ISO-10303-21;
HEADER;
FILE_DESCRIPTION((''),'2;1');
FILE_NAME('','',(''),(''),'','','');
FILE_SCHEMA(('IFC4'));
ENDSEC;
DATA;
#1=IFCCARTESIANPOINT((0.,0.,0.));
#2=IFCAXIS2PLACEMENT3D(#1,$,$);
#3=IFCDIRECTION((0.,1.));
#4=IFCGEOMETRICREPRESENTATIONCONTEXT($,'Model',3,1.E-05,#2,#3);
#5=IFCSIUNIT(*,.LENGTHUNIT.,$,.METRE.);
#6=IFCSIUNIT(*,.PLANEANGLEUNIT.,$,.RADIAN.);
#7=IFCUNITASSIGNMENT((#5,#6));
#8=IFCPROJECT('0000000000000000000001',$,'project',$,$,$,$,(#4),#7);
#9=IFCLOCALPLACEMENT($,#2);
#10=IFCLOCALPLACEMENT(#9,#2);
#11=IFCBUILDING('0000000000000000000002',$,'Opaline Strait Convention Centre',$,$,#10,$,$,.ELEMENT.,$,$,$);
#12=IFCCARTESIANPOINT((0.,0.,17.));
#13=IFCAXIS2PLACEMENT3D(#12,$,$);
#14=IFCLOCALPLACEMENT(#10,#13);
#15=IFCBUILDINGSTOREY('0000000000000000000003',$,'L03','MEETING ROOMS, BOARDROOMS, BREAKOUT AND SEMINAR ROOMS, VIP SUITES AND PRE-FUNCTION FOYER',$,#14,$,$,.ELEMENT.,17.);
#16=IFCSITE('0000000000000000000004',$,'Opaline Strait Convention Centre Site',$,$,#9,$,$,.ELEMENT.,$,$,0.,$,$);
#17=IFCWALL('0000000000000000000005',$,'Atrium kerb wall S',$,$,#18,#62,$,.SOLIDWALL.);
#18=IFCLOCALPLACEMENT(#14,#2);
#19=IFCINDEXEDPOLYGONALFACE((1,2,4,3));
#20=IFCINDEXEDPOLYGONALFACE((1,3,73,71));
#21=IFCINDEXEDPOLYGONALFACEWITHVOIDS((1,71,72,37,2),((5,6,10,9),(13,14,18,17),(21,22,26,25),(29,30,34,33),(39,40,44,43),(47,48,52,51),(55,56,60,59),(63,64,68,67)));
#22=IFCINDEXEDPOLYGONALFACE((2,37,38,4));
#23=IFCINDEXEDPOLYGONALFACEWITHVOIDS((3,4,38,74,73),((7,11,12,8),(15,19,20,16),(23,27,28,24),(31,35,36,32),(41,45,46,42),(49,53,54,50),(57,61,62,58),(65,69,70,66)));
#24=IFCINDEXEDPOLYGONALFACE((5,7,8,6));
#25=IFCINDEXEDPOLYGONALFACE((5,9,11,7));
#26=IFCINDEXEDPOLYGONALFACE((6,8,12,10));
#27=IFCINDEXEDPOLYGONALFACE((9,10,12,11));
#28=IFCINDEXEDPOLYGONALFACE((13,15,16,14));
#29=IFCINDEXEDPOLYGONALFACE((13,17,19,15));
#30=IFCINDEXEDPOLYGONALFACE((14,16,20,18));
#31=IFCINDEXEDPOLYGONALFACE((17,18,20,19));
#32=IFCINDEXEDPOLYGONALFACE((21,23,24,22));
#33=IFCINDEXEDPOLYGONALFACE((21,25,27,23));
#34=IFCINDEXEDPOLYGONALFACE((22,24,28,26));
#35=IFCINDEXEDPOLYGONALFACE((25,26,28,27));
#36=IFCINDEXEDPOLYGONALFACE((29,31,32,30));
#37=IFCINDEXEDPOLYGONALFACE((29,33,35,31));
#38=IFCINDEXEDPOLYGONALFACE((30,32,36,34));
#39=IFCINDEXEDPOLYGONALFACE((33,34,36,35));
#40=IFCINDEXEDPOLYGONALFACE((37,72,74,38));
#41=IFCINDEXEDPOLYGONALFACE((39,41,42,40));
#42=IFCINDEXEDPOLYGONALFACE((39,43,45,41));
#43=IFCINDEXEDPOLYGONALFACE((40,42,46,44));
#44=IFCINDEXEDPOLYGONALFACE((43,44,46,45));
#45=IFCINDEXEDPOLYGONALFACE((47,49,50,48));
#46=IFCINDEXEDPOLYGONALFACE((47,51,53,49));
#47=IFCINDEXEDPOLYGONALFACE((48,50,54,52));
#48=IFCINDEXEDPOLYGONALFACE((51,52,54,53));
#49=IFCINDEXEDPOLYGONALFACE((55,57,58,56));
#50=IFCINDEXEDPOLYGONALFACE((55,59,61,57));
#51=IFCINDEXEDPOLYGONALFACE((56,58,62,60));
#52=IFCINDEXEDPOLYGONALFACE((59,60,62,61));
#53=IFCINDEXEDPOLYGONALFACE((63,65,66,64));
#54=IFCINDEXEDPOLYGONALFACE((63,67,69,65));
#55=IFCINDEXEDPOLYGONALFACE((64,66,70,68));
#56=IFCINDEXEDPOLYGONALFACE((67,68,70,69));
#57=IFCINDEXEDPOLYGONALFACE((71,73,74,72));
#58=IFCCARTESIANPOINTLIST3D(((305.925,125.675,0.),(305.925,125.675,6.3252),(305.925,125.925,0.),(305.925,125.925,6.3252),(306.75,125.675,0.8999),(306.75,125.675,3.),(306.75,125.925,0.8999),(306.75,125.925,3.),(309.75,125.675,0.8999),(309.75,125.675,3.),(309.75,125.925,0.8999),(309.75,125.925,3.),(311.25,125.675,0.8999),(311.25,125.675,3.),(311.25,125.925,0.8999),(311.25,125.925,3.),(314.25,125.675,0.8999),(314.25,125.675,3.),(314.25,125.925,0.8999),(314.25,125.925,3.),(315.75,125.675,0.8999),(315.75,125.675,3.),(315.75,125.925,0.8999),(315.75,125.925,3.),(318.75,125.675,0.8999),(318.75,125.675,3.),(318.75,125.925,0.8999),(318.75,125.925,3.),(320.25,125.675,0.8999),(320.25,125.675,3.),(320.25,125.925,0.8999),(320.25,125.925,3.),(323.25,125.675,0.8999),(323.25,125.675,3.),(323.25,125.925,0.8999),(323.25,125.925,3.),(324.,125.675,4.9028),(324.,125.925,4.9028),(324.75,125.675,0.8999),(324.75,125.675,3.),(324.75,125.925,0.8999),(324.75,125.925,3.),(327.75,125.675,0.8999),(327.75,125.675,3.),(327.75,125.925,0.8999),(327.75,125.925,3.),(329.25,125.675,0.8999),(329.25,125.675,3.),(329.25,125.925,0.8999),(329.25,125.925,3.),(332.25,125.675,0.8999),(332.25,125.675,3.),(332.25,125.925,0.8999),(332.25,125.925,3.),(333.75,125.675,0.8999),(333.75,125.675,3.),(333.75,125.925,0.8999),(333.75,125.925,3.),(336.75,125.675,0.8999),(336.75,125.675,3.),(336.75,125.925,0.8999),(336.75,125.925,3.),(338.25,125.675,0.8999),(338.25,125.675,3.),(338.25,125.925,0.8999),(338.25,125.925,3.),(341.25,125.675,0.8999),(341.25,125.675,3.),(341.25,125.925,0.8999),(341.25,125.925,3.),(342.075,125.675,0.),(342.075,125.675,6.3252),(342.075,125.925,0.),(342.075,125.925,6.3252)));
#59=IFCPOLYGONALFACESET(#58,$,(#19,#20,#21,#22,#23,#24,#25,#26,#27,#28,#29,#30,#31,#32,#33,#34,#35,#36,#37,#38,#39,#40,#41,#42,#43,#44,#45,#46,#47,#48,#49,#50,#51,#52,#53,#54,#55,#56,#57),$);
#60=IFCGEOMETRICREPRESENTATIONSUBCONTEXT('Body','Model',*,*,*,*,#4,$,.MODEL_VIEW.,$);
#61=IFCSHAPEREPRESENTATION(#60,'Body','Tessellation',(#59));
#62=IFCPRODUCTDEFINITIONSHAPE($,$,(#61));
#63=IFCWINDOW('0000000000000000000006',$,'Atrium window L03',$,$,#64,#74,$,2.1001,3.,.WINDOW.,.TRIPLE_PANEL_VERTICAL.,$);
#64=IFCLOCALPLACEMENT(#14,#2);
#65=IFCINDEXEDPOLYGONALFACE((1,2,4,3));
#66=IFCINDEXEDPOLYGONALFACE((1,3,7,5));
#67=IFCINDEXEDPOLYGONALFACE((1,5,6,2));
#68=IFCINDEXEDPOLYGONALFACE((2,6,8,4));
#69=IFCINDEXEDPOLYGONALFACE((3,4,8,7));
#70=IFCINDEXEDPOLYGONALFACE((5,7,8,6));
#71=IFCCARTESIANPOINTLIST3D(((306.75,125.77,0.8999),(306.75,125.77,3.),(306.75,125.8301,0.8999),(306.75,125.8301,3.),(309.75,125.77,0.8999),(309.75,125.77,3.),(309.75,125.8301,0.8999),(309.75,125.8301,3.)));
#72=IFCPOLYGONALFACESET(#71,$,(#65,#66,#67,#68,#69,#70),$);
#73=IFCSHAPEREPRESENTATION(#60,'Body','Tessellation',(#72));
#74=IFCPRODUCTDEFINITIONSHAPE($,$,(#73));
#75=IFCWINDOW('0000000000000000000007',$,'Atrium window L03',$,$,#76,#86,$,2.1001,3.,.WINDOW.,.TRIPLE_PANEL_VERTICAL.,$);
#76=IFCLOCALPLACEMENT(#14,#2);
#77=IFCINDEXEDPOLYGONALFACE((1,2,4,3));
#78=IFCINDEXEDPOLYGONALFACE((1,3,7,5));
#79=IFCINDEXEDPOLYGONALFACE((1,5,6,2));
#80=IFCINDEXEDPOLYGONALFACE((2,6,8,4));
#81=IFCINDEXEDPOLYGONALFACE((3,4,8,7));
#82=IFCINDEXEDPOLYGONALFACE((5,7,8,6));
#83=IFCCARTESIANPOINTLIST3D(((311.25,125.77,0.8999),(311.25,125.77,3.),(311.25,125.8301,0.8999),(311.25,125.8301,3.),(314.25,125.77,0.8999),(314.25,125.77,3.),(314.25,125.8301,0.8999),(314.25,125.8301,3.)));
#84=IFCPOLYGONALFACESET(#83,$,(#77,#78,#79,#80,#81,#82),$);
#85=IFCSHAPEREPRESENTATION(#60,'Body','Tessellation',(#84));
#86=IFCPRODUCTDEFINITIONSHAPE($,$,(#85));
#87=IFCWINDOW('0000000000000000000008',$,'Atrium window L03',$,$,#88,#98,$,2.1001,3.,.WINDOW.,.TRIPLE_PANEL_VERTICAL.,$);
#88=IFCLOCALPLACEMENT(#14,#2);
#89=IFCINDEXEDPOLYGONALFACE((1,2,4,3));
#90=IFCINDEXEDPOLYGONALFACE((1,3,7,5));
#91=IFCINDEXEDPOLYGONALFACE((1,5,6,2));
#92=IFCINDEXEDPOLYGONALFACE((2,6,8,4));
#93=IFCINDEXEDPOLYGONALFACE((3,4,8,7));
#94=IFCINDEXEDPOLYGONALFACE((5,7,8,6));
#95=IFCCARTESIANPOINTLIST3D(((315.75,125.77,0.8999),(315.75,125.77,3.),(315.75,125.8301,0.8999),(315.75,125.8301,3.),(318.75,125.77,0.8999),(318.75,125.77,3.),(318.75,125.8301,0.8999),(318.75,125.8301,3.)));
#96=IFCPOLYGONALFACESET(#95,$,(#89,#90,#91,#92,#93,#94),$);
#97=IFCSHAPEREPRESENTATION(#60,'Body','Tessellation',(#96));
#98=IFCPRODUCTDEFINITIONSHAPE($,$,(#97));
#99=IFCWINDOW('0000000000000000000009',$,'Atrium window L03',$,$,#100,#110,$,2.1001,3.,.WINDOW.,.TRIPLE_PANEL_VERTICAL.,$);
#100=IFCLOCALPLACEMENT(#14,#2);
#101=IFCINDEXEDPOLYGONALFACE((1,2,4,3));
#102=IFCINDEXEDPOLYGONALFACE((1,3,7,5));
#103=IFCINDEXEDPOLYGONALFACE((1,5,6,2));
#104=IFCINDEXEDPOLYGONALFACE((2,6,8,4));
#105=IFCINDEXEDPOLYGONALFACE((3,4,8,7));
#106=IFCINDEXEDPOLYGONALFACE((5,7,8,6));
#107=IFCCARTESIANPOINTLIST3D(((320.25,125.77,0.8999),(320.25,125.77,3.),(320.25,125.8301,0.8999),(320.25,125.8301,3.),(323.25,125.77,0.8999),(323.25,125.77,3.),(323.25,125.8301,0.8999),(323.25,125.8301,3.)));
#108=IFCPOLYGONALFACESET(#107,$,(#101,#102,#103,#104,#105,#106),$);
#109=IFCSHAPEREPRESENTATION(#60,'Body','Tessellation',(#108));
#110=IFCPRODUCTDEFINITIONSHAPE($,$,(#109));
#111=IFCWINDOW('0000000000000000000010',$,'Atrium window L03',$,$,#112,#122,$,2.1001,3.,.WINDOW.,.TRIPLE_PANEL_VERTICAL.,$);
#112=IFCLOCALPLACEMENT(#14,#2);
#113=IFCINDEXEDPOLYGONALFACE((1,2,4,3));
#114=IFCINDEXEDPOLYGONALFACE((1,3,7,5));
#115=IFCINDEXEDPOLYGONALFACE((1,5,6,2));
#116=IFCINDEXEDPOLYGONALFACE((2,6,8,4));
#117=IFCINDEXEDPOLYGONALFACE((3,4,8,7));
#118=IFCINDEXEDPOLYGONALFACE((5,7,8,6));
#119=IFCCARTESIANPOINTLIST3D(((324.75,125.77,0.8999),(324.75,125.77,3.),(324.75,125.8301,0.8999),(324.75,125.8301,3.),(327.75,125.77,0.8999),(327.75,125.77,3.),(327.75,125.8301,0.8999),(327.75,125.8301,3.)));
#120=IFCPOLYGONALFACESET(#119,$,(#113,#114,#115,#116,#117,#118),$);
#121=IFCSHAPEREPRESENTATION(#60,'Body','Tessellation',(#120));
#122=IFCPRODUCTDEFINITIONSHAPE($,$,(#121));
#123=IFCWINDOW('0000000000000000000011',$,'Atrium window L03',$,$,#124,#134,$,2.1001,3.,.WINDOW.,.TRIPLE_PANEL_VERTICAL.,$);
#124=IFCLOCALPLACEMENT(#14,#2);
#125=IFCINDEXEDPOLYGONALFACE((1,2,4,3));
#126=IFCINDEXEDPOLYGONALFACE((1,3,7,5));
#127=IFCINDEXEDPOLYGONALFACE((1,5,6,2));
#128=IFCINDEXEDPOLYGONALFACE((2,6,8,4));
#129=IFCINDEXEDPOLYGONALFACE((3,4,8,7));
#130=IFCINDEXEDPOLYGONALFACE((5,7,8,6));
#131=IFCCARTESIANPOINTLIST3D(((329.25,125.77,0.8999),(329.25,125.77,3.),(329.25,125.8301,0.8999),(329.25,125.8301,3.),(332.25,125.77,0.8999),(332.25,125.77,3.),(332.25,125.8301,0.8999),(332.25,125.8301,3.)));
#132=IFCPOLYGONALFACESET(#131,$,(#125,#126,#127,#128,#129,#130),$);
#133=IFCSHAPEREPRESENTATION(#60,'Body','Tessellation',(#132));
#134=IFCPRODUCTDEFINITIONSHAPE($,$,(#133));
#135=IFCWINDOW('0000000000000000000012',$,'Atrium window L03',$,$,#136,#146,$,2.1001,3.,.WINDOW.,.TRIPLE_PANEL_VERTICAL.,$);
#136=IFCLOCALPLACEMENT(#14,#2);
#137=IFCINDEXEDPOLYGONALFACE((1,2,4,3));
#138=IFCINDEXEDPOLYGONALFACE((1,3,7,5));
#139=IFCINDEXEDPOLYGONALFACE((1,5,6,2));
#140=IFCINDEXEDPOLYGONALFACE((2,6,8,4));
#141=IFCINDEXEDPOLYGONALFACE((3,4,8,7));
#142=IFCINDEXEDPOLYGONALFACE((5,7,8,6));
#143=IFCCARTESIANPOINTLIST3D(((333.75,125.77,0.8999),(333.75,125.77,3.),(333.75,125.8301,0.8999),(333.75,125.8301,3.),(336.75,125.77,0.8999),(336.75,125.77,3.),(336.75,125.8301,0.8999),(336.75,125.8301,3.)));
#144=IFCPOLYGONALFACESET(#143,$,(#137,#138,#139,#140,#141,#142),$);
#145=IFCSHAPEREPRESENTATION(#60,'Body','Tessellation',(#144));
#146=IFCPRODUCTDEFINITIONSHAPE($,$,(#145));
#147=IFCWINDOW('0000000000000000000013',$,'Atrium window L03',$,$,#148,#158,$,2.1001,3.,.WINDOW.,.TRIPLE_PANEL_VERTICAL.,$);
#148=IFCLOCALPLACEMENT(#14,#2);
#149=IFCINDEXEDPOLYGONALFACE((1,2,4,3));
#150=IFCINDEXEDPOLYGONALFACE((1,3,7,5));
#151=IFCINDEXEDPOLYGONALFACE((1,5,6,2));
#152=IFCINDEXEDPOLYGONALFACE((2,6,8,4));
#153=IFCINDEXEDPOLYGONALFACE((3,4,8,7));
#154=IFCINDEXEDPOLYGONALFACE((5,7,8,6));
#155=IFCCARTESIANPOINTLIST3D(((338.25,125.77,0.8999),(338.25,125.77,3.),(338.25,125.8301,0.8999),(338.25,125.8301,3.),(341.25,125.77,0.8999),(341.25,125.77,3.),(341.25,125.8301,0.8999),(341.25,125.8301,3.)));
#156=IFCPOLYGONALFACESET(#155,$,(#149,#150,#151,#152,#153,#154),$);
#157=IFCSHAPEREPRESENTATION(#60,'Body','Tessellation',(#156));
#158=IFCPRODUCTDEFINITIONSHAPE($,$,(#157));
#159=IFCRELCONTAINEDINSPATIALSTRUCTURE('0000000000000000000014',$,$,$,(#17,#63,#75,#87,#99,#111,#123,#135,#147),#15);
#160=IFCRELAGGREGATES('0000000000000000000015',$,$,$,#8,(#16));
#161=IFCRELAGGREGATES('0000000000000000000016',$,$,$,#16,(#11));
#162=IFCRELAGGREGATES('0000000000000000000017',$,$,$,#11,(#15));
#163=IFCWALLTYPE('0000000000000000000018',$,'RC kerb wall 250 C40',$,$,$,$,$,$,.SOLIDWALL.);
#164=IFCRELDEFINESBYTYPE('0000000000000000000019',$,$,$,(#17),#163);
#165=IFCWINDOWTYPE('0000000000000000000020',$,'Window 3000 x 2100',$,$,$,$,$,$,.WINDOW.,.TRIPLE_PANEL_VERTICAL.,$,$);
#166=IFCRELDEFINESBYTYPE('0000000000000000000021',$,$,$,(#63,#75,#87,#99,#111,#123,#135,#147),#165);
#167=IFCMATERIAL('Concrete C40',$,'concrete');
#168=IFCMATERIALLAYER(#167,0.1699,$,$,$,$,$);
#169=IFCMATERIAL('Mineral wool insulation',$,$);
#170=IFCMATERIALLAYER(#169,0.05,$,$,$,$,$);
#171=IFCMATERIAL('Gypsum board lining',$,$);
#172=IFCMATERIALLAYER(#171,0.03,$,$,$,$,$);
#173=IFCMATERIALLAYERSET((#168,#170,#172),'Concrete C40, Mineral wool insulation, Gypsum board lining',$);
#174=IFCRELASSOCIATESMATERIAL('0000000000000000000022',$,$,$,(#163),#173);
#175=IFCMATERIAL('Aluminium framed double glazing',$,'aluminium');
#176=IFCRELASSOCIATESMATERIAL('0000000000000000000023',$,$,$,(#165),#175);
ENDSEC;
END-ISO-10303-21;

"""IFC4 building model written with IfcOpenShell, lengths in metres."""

from ifc_helpers import new_model, si_unit, direction, frame, frame_2d, origin, place, context, subcontext, project, spatial, polyline, rectangle, outline, extrude, material, layer, layer_set, type_object, element, fill, save


model = new_model("IFC4")

# Units and contexts
model_context = context("Model", 3, precision=1e-05, world=origin(), true_north=direction((0.0, 1.0)))
body_context = subcontext(model_context, "Body", "Model", "MODEL_VIEW")
ifc_project = project(units=[si_unit("LENGTHUNIT", "METRE"), si_unit("PLANEANGLEUNIT", "RADIAN")], contexts=[model_context])

# Site, building, storey
site_placement = place(None, origin())
site = spatial("IfcSite", under=ifc_project, at=site_placement, Name="Opaline Strait Convention Centre Site", CompositionType="ELEMENT", RefElevation=0.0)
building_placement = place(site_placement, origin())
building = spatial("IfcBuilding", under=site, at=building_placement, Name="Opaline Strait Convention Centre", CompositionType="ELEMENT")
storey_placement = place(building_placement, frame((0.0, 0.0, 17.0)))
storey = spatial("IfcBuildingStorey", under=building, at=storey_placement, Name="L03", Description="MEETING ROOMS, BOARDROOMS, BREAKOUT AND SEMINAR ROOMS, VIP SUITES AND PRE-FUNCTION FOYER", CompositionType="ELEMENT", Elevation=17.0)

# Wall, openings, windows
ifc_material_1 = material(Name="Concrete C40", Category="concrete")
ifc_layer_1 = layer(ifc_material_1, 0.1699)
ifc_material_2 = material(Name="Mineral wool insulation")
ifc_layer_2 = layer(ifc_material_2, 0.05)
ifc_material_3 = material(Name="Gypsum board lining")
ifc_layer_3 = layer(ifc_material_3, 0.03)
ifc_layer_set_1 = layer_set([ifc_layer_1, ifc_layer_2, ifc_layer_3], Name="Concrete C40, Mineral wool insulation, Gypsum board lining")
wall_type_1 = type_object("IfcWallType", Name="RC kerb wall 250 C40", PredefinedType="SOLIDWALL", material=ifc_layer_set_1)
ifc_material_4 = material(Name="Aluminium framed double glazing", Category="aluminium")
window_type = type_object("IfcWindowType", Name="Window 3000 x 2100", PartitioningType="TRIPLE_PANEL_VERTICAL", PredefinedType="WINDOW", material=ifc_material_4)
wall_1_placement = place(storey_placement, frame((305.925, 125.8, 0.0), z_axis=(0.0, 0.0, 1.0), x_axis=(1.0, 0.0, 0.0)))
wall_1 = element("IfcWall", 1, at=wall_1_placement, inside=storey, type_object=wall_type_1, Name="Atrium kerb wall S", PredefinedType="SOLIDWALL", context=body_context, shape_type="SweptSolid", body=[
    extrude(outline(polyline([(0.0, 0.0), (36.1499, 0.0), (36.1499, 6.3252), (18.075, 4.9028), (0.0, 6.3252), (0.0, 0.0)])), frame((0.0, 0.125, 0.0), z_axis=(0.0, -1.0, 0.0), x_axis=(1.0, 0.0, 0.0)), (0.0, 0.0, 1.0), 0.25),
])
opening_1_placement = place(wall_1_placement, frame((0.825, 0.0, 0.8999)))
opening_1 = element("IfcOpeningElement", 2, at=opening_1_placement, cuts=wall_1, PredefinedType="OPENING", context=body_context, shape_type="SweptSolid", body=[
    extrude(rectangle(XDim=3.0, YDim=2.1001, at=frame_2d((1.5, 1.05))), frame((0.0, 0.135, 0.0), z_axis=(0.0, -1.0, 0.0), x_axis=(1.0, 0.0, 0.0)), (0.0, 0.0, 1.0), 0.27),
])
opening_2_placement = place(wall_1_placement, frame((5.325, 0.0, 0.8999)))
opening_2 = element("IfcOpeningElement", 3, at=opening_2_placement, cuts=wall_1, PredefinedType="OPENING", context=body_context, shape_type="SweptSolid", body=[
    extrude(rectangle(XDim=3.0, YDim=2.1001, at=frame_2d((1.5, 1.05))), frame((0.0, 0.135, 0.0), z_axis=(0.0, -1.0, 0.0), x_axis=(1.0, 0.0, 0.0)), (0.0, 0.0, 1.0), 0.27),
])
opening_3_placement = place(wall_1_placement, frame((9.825, 0.0, 0.8999)))
opening_3 = element("IfcOpeningElement", 4, at=opening_3_placement, cuts=wall_1, PredefinedType="OPENING", context=body_context, shape_type="SweptSolid", body=[
    extrude(rectangle(XDim=3.0, YDim=2.1001, at=frame_2d((1.5, 1.05))), frame((0.0, 0.135, 0.0), z_axis=(0.0, -1.0, 0.0), x_axis=(1.0, 0.0, 0.0)), (0.0, 0.0, 1.0), 0.27),
])
opening_4_placement = place(wall_1_placement, frame((14.325, 0.0, 0.8999)))
opening_4 = element("IfcOpeningElement", 5, at=opening_4_placement, cuts=wall_1, PredefinedType="OPENING", context=body_context, shape_type="SweptSolid", body=[
    extrude(rectangle(XDim=3.0, YDim=2.1001, at=frame_2d((1.5, 1.05))), frame((0.0, 0.135, 0.0), z_axis=(0.0, -1.0, 0.0), x_axis=(1.0, 0.0, 0.0)), (0.0, 0.0, 1.0), 0.27),
])
opening_5_placement = place(wall_1_placement, frame((18.825, 0.0, 0.8999)))
opening_5 = element("IfcOpeningElement", 6, at=opening_5_placement, cuts=wall_1, PredefinedType="OPENING", context=body_context, shape_type="SweptSolid", body=[
    extrude(rectangle(XDim=3.0, YDim=2.1001, at=frame_2d((1.5, 1.05))), frame((0.0, 0.135, 0.0), z_axis=(0.0, -1.0, 0.0), x_axis=(1.0, 0.0, 0.0)), (0.0, 0.0, 1.0), 0.27),
])
opening_6_placement = place(wall_1_placement, frame((23.325, 0.0, 0.8999)))
opening_6 = element("IfcOpeningElement", 7, at=opening_6_placement, cuts=wall_1, PredefinedType="OPENING", context=body_context, shape_type="SweptSolid", body=[
    extrude(rectangle(XDim=3.0, YDim=2.1001, at=frame_2d((1.5, 1.05))), frame((0.0, 0.135, 0.0), z_axis=(0.0, -1.0, 0.0), x_axis=(1.0, 0.0, 0.0)), (0.0, 0.0, 1.0), 0.27),
])
opening_7_placement = place(wall_1_placement, frame((27.825, 0.0, 0.8999)))
opening_7 = element("IfcOpeningElement", 8, at=opening_7_placement, cuts=wall_1, PredefinedType="OPENING", context=body_context, shape_type="SweptSolid", body=[
    extrude(rectangle(XDim=3.0, YDim=2.1001, at=frame_2d((1.5, 1.05))), frame((0.0, 0.135, 0.0), z_axis=(0.0, -1.0, 0.0), x_axis=(1.0, 0.0, 0.0)), (0.0, 0.0, 1.0), 0.27),
])
opening_8_placement = place(wall_1_placement, frame((32.325, 0.0, 0.8999)))
opening_8 = element("IfcOpeningElement", 9, at=opening_8_placement, cuts=wall_1, PredefinedType="OPENING", context=body_context, shape_type="SweptSolid", body=[
    extrude(rectangle(XDim=3.0, YDim=2.1001, at=frame_2d((1.5, 1.05))), frame((0.0, 0.135, 0.0), z_axis=(0.0, -1.0, 0.0), x_axis=(1.0, 0.0, 0.0)), (0.0, 0.0, 1.0), 0.27),
])
window_1_placement = place(opening_1_placement, origin())
window_1 = element("IfcWindow", 10, at=window_1_placement, inside=storey, type_object=window_type, Name="Atrium window L03", OverallHeight=2.1001, OverallWidth=3.0, PartitioningType="TRIPLE_PANEL_VERTICAL", PredefinedType="WINDOW", context=body_context, shape_type="SweptSolid", body=[
    extrude(rectangle(XDim=3.0, YDim=2.1001, at=frame_2d((1.5, 1.05))), frame((0.0, 0.03, 0.0), z_axis=(0.0, -1.0, 0.0), x_axis=(1.0, 0.0, 0.0)), (0.0, 0.0, 1.0), 0.0601),
])
fill(opening_1, window_1)
window_2_placement = place(opening_2_placement, origin())
window_2 = element("IfcWindow", 11, at=window_2_placement, inside=storey, type_object=window_type, Name="Atrium window L03", OverallHeight=2.1001, OverallWidth=3.0, PartitioningType="TRIPLE_PANEL_VERTICAL", PredefinedType="WINDOW", context=body_context, shape_type="SweptSolid", body=[
    extrude(rectangle(XDim=3.0, YDim=2.1001, at=frame_2d((1.5, 1.05))), frame((0.0, 0.03, 0.0), z_axis=(0.0, -1.0, 0.0), x_axis=(1.0, 0.0, 0.0)), (0.0, 0.0, 1.0), 0.0601),
])
fill(opening_2, window_2)
window_3_placement = place(opening_3_placement, origin())
window_3 = element("IfcWindow", 12, at=window_3_placement, inside=storey, type_object=window_type, Name="Atrium window L03", OverallHeight=2.1001, OverallWidth=3.0, PartitioningType="TRIPLE_PANEL_VERTICAL", PredefinedType="WINDOW", context=body_context, shape_type="SweptSolid", body=[
    extrude(rectangle(XDim=3.0, YDim=2.1001, at=frame_2d((1.5, 1.05))), frame((0.0, 0.03, 0.0), z_axis=(0.0, -1.0, 0.0), x_axis=(1.0, 0.0, 0.0)), (0.0, 0.0, 1.0), 0.0601),
])
fill(opening_3, window_3)
window_4_placement = place(opening_4_placement, origin())
window_4 = element("IfcWindow", 13, at=window_4_placement, inside=storey, type_object=window_type, Name="Atrium window L03", OverallHeight=2.1001, OverallWidth=3.0, PartitioningType="TRIPLE_PANEL_VERTICAL", PredefinedType="WINDOW", context=body_context, shape_type="SweptSolid", body=[
    extrude(rectangle(XDim=3.0, YDim=2.1001, at=frame_2d((1.5, 1.05))), frame((0.0, 0.03, 0.0), z_axis=(0.0, -1.0, 0.0), x_axis=(1.0, 0.0, 0.0)), (0.0, 0.0, 1.0), 0.0601),
])
fill(opening_4, window_4)
window_5_placement = place(opening_5_placement, origin())
window_5 = element("IfcWindow", 14, at=window_5_placement, inside=storey, type_object=window_type, Name="Atrium window L03", OverallHeight=2.1001, OverallWidth=3.0, PartitioningType="TRIPLE_PANEL_VERTICAL", PredefinedType="WINDOW", context=body_context, shape_type="SweptSolid", body=[
    extrude(rectangle(XDim=3.0, YDim=2.1001, at=frame_2d((1.5, 1.05))), frame((0.0, 0.03, 0.0), z_axis=(0.0, -1.0, 0.0), x_axis=(1.0, 0.0, 0.0)), (0.0, 0.0, 1.0), 0.0601),
])
fill(opening_5, window_5)
window_6_placement = place(opening_6_placement, origin())
window_6 = element("IfcWindow", 15, at=window_6_placement, inside=storey, type_object=window_type, Name="Atrium window L03", OverallHeight=2.1001, OverallWidth=3.0, PartitioningType="TRIPLE_PANEL_VERTICAL", PredefinedType="WINDOW", context=body_context, shape_type="SweptSolid", body=[
    extrude(rectangle(XDim=3.0, YDim=2.1001, at=frame_2d((1.5, 1.05))), frame((0.0, 0.03, 0.0), z_axis=(0.0, -1.0, 0.0), x_axis=(1.0, 0.0, 0.0)), (0.0, 0.0, 1.0), 0.0601),
])
fill(opening_6, window_6)
window_7_placement = place(opening_7_placement, origin())
window_7 = element("IfcWindow", 16, at=window_7_placement, inside=storey, type_object=window_type, Name="Atrium window L03", OverallHeight=2.1001, OverallWidth=3.0, PartitioningType="TRIPLE_PANEL_VERTICAL", PredefinedType="WINDOW", context=body_context, shape_type="SweptSolid", body=[
    extrude(rectangle(XDim=3.0, YDim=2.1001, at=frame_2d((1.5, 1.05))), frame((0.0, 0.03, 0.0), z_axis=(0.0, -1.0, 0.0), x_axis=(1.0, 0.0, 0.0)), (0.0, 0.0, 1.0), 0.0601),
])
fill(opening_7, window_7)
window_8_placement = place(opening_8_placement, origin())
window_8 = element("IfcWindow", 17, at=window_8_placement, inside=storey, type_object=window_type, Name="Atrium window L03", OverallHeight=2.1001, OverallWidth=3.0, PartitioningType="TRIPLE_PANEL_VERTICAL", PredefinedType="WINDOW", context=body_context, shape_type="SweptSolid", body=[
    extrude(rectangle(XDim=3.0, YDim=2.1001, at=frame_2d((1.5, 1.05))), frame((0.0, 0.03, 0.0), z_axis=(0.0, -1.0, 0.0), x_axis=(1.0, 0.0, 0.0)), (0.0, 0.0, 1.0), 0.0601),
])
fill(opening_8, window_8)

save(model, "model.ifc")
